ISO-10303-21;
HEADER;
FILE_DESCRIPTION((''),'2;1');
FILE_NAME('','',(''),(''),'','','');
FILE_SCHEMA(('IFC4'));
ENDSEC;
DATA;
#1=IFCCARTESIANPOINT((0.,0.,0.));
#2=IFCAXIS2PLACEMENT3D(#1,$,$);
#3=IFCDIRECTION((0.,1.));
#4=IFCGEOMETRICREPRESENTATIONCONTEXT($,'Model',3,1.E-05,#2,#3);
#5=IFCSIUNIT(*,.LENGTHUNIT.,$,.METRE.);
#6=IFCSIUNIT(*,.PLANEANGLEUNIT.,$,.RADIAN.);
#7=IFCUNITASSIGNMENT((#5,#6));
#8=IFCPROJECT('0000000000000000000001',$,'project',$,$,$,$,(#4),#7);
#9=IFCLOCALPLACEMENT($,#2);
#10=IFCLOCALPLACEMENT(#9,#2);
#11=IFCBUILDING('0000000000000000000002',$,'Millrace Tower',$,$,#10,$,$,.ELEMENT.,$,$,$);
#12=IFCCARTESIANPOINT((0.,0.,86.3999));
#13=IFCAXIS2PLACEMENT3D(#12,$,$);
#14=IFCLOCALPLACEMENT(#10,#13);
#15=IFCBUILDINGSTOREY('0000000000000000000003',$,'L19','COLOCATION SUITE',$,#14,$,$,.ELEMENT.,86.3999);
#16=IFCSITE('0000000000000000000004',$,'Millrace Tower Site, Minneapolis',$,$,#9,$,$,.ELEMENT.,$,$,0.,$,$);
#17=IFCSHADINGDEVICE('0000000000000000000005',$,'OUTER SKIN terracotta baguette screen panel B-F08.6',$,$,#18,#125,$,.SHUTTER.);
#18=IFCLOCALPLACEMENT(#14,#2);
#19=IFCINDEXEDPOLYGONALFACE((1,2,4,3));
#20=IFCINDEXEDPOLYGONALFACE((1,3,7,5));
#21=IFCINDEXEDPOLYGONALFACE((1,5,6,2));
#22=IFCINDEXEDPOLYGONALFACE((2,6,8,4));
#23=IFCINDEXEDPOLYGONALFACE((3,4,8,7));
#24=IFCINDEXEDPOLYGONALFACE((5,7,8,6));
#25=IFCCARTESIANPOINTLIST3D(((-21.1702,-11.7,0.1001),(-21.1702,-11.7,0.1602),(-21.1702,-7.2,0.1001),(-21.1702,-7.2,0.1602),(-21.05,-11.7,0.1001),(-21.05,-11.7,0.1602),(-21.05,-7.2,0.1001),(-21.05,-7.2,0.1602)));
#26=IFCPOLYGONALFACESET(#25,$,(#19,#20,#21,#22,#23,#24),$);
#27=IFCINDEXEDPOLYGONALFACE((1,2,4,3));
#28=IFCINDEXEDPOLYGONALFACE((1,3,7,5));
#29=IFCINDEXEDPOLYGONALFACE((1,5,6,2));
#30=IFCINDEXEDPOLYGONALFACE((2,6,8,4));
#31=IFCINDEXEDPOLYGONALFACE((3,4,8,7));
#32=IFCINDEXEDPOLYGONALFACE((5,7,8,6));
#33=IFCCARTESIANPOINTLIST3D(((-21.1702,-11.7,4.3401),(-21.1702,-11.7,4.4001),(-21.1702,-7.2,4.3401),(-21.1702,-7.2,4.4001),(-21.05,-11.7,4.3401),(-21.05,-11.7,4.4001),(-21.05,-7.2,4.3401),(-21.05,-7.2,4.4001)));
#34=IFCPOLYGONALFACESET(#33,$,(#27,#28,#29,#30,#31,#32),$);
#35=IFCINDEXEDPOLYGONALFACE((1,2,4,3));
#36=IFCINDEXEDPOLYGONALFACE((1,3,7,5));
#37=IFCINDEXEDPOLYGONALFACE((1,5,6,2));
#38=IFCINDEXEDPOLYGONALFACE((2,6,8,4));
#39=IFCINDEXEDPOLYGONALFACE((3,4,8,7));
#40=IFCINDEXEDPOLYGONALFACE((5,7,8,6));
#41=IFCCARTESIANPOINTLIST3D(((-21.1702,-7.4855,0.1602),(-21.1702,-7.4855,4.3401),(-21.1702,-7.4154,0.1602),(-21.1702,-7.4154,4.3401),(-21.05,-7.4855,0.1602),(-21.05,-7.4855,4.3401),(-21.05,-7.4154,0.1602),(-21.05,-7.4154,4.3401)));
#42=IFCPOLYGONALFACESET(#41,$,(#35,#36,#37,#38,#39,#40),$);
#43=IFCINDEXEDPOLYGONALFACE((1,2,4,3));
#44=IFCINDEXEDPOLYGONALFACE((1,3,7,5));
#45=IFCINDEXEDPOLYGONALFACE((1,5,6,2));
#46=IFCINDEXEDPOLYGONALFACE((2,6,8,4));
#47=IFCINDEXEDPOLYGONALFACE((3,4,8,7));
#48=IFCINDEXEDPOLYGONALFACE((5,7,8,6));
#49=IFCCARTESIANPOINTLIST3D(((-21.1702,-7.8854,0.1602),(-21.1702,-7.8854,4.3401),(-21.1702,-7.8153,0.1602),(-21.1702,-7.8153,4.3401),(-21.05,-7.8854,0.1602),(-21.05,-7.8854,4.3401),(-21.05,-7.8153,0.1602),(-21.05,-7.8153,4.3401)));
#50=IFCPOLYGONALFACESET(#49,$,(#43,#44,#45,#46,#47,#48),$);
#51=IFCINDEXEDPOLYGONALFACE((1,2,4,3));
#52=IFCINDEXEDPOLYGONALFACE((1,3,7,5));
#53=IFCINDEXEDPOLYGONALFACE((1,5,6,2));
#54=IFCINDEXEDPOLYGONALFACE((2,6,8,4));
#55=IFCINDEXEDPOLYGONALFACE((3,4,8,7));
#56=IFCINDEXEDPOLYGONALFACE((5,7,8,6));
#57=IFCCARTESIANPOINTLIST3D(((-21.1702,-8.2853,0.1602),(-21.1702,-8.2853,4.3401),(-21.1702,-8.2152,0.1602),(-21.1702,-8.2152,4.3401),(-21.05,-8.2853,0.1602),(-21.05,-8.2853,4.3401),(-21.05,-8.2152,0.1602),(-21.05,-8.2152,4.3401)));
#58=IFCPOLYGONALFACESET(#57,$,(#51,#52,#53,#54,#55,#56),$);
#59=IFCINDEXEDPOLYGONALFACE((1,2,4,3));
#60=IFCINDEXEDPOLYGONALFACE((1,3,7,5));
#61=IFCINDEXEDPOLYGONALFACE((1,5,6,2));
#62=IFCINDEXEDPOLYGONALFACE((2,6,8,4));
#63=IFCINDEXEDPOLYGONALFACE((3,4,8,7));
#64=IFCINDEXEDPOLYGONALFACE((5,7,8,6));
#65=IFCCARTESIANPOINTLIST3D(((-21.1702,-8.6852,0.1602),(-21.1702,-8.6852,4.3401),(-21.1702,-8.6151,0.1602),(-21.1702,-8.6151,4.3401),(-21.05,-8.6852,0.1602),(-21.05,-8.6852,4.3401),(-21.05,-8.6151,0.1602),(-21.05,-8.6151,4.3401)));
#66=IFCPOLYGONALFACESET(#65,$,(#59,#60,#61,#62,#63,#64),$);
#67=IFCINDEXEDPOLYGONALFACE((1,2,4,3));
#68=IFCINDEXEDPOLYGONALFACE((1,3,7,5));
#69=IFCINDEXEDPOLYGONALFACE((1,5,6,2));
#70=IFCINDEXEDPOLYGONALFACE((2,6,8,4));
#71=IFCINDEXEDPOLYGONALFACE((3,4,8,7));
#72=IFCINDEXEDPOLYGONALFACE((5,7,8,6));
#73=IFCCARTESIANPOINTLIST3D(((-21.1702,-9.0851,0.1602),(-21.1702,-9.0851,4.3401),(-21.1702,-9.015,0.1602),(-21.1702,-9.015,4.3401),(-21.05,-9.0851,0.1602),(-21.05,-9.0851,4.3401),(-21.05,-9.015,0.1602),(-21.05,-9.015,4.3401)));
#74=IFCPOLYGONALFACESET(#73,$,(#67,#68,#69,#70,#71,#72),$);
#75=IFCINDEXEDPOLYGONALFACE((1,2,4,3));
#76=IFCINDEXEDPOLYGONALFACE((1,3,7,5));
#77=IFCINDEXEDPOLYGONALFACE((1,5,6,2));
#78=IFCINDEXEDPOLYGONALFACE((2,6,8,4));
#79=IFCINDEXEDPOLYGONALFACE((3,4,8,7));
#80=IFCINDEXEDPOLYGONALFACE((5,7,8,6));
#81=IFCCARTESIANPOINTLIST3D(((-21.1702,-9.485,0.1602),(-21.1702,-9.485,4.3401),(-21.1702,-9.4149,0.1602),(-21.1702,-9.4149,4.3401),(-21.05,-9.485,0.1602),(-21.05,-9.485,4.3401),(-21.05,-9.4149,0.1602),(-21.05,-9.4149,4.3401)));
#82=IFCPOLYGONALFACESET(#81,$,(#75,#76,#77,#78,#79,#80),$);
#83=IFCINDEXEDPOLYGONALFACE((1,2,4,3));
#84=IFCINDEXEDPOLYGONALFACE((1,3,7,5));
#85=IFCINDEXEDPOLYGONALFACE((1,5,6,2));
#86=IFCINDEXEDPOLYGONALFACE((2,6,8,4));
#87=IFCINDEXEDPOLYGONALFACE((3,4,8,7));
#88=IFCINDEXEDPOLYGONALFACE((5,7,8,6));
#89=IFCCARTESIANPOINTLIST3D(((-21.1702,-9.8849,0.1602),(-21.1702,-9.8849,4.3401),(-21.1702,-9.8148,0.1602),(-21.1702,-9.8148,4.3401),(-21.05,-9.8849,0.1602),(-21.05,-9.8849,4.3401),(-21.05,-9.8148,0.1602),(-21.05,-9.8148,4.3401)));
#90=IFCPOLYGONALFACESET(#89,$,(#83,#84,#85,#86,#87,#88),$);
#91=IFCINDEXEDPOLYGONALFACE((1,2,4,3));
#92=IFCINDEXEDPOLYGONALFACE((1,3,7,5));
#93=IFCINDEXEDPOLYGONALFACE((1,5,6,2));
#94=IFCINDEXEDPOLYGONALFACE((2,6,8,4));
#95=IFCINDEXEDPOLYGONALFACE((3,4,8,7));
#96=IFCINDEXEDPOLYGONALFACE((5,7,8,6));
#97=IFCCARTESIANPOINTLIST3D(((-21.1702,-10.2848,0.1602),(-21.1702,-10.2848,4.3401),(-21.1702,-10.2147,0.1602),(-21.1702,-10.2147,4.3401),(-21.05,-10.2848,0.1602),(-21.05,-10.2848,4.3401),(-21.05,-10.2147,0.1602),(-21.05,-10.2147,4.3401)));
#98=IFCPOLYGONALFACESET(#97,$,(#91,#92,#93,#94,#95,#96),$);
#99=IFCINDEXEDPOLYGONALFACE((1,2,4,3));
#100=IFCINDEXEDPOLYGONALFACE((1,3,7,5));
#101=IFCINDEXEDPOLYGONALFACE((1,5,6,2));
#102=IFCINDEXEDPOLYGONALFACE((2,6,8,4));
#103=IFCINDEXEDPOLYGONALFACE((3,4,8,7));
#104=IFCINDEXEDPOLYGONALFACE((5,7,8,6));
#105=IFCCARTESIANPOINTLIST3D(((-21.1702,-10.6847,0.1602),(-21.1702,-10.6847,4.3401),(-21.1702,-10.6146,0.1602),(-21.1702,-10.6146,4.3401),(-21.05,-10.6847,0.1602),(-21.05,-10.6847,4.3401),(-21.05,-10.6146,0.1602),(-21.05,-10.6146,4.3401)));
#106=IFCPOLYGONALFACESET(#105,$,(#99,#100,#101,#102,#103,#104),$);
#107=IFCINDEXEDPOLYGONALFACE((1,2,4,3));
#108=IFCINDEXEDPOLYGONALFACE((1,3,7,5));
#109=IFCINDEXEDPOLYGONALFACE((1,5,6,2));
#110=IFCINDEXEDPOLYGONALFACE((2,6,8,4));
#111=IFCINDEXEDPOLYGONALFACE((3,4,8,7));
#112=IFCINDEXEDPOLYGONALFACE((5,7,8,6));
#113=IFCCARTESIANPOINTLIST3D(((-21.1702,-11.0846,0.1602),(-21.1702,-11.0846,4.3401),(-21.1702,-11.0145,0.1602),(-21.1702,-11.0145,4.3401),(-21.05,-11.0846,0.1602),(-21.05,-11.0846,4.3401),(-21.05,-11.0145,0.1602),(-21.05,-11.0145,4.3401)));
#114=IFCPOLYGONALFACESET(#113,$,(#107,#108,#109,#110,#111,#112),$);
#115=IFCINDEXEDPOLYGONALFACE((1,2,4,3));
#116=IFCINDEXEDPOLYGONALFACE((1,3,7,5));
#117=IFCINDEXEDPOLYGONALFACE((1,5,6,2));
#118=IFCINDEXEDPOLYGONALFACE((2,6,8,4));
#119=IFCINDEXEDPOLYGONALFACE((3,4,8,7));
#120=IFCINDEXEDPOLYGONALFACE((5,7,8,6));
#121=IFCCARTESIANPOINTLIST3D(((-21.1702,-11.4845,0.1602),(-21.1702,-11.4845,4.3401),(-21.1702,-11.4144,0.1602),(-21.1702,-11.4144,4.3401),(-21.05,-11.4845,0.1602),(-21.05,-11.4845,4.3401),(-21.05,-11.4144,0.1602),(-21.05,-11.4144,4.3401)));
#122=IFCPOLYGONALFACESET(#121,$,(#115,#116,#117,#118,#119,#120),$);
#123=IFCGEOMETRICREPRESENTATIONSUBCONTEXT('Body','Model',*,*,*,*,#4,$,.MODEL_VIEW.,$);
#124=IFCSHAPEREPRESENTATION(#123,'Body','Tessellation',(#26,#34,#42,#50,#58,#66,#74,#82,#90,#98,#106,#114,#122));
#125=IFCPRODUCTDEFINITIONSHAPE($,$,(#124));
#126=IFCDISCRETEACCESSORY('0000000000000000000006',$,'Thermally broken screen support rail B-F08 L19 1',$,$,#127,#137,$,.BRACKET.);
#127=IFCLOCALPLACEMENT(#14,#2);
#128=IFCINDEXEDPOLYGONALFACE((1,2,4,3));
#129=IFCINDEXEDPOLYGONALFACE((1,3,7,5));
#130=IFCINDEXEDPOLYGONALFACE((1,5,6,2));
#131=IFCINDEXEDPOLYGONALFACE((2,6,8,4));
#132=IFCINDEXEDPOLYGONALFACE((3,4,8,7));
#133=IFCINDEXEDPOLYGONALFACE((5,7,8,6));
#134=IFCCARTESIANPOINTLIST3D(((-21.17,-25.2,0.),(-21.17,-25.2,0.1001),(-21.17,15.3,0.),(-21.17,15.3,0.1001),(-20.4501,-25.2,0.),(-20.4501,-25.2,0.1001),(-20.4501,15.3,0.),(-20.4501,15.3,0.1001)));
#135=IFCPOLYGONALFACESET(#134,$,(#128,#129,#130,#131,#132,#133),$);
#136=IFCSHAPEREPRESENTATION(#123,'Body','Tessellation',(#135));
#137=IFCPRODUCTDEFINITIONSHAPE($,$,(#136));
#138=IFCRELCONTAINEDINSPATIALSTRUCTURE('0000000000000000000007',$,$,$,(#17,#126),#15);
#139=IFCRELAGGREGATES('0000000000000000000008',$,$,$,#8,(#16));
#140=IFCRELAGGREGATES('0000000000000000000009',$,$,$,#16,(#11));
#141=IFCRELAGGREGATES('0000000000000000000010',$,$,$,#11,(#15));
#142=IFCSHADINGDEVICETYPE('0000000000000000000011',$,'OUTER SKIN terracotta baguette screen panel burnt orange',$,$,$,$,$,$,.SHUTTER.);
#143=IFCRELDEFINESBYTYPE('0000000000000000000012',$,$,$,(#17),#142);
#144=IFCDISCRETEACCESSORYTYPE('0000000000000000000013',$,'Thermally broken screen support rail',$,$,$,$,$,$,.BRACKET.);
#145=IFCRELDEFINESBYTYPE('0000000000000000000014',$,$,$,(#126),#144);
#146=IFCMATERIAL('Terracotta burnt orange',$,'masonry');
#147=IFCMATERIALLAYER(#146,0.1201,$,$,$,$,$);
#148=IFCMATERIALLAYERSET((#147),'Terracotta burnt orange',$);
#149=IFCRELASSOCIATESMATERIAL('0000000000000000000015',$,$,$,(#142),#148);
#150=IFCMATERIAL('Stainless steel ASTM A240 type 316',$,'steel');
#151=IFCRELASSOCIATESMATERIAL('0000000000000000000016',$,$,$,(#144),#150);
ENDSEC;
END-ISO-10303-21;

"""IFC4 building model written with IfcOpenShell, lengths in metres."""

from ifc_helpers import new_model, entity, si_unit, direction, frame, frame_2d, origin, origin_2d, place, context, subcontext, project, spatial, rectangle, extrude, source, transform, mapped, material, layer, layer_set, type_object, element, save


model = new_model("IFC4")

# Units and contexts
model_context = context("Model", 3, precision=1e-05, world=origin(), true_north=direction((0.0, 1.0)))
body_context = subcontext(model_context, "Body", "Model", "MODEL_VIEW")
ifc_project = project(units=[si_unit("LENGTHUNIT", "METRE"), si_unit("PLANEANGLEUNIT", "RADIAN")], contexts=[model_context])

# Site, building, storey
site_placement = place(None, origin())
site = spatial("IfcSite", under=ifc_project, at=site_placement, Name="Millrace Tower Site, Minneapolis", CompositionType="ELEMENT", RefElevation=0.0)
building_placement = place(site_placement, origin())
building = spatial("IfcBuilding", under=site, at=building_placement, Name="Millrace Tower", CompositionType="ELEMENT")
storey_placement = place(building_placement, frame((0.0, 0.0, 86.3999)))
storey = spatial("IfcBuildingStorey", under=building, at=storey_placement, Name="L19", Description="COLOCATION SUITE", CompositionType="ELEMENT", Elevation=86.3999)

# Shading device
ifc_material_1 = material(Name="Terracotta burnt orange", Category="masonry")
ifc_layer_1 = layer(ifc_material_1, 0.1201)
ifc_layer_set_1 = layer_set([ifc_layer_1], Name="Terracotta burnt orange")
shading_device_type = type_object("IfcShadingDeviceType", Name="OUTER SKIN terracotta baguette screen panel burnt orange", PredefinedType="SHUTTER", material=ifc_layer_set_1)
cartesian_point = entity("IfcCartesianPoint", [-2.25, 0.0601])
shared_polyline = entity("IfcPolyline", [cartesian_point, entity("IfcCartesianPoint", [2.25, 0.0601]), entity("IfcCartesianPoint", [2.25, -0.0601]), entity("IfcCartesianPoint", [-2.25, -0.0601]), cartesian_point])
shared_shape = source(origin(), body_context, "Body", "SweptSolid", [
    entity("IfcExtrudedAreaSolid", entity("IfcArbitraryClosedProfileDef", "AREA", None, shared_polyline), entity("IfcAxis2Placement3D", entity("IfcCartesianPoint", [0.0, 0.0, 0.0])), entity("IfcDirection", [0.0, 0.0, 1.0]), 0.0601),
    entity("IfcExtrudedAreaSolid", entity("IfcArbitraryClosedProfileDef", "AREA", None, shared_polyline), entity("IfcAxis2Placement3D", entity("IfcCartesianPoint", [0.0, 0.0, 4.24])), entity("IfcDirection", [0.0, 0.0, 1.0]), 0.0601),
    extrude(rectangle(XDim=0.0701, YDim=0.1201, at=frame_2d((-1.9995, 0.0))), frame((0.0, 0.0, 0.0601)), (0.0, 0.0, 1.0), 4.1799),
    extrude(rectangle(XDim=0.0701, YDim=0.1201, at=frame_2d((-1.5996, 0.0))), frame((0.0, 0.0, 0.0601)), (0.0, 0.0, 1.0), 4.1799),
    extrude(rectangle(XDim=0.0701, YDim=0.1201, at=frame_2d((-1.1997, 0.0))), frame((0.0, 0.0, 0.0601)), (0.0, 0.0, 1.0), 4.1799),
    extrude(rectangle(XDim=0.0701, YDim=0.1201, at=frame_2d((-0.7998, 0.0))), frame((0.0, 0.0, 0.0601)), (0.0, 0.0, 1.0), 4.1799),
    extrude(rectangle(XDim=0.0701, YDim=0.1201, at=frame_2d((-0.3999, 0.0))), frame((0.0, 0.0, 0.0601)), (0.0, 0.0, 1.0), 4.1799),
    extrude(rectangle(XDim=0.0701, YDim=0.1201, at=origin_2d()), frame((0.0, 0.0, 0.0601)), (0.0, 0.0, 1.0), 4.1799),
    extrude(rectangle(XDim=0.0701, YDim=0.1201, at=frame_2d((0.3999, 0.0))), frame((0.0, 0.0, 0.0601)), (0.0, 0.0, 1.0), 4.1799),
    extrude(rectangle(XDim=0.0701, YDim=0.1201, at=frame_2d((0.7998, 0.0))), frame((0.0, 0.0, 0.0601)), (0.0, 0.0, 1.0), 4.1799),
    extrude(rectangle(XDim=0.0701, YDim=0.1201, at=frame_2d((1.1997, 0.0))), frame((0.0, 0.0, 0.0601)), (0.0, 0.0, 1.0), 4.1799),
    extrude(rectangle(XDim=0.0701, YDim=0.1201, at=frame_2d((1.5996, 0.0))), frame((0.0, 0.0, 0.0601)), (0.0, 0.0, 1.0), 4.1799),
    extrude(rectangle(XDim=0.0701, YDim=0.1201, at=frame_2d((1.9995, 0.0))), frame((0.0, 0.0, 0.0601)), (0.0, 0.0, 1.0), 4.1799),
])
for number, where, z_axis, x_axis, name in (
    (1, (-21.1101, -9.45, 0.1001), (0.0, 0.0, 1.0), (0.0, -1.0, 0.0), "OUTER SKIN terracotta baguette screen panel B-F08.6"),
):
    element("IfcShadingDevice", number, at=place(storey_placement, frame(where, z_axis=z_axis, x_axis=x_axis)), inside=storey, type_object=shading_device_type, Name=name, PredefinedType="SHUTTER", context=body_context, shape_type="MappedRepresentation", body=[
        mapped(shared_shape, transform((0.0, 0.0, 0.0), scale=1.0)),
    ])

# Discrete accessory
ifc_material_2 = material(Name="Stainless steel ASTM A240 type 316", Category="steel")
discrete_accessory_type = type_object("IfcDiscreteAccessoryType", Name="Thermally broken screen support rail", PredefinedType="BRACKET", material=ifc_material_2)
discrete_accessory_placement = place(storey_placement, frame((-20.8101, -4.95, 0.0), z_axis=(0.0, 0.0, 1.0), x_axis=(0.0, -1.0, 0.0)))
element("IfcDiscreteAccessory", 2, at=discrete_accessory_placement, inside=storey, type_object=discrete_accessory_type, Name="Thermally broken screen support rail B-F08 L19 1", PredefinedType="BRACKET", context=body_context, shape_type="SweptSolid", body=[
    extrude(rectangle(XDim=40.5, YDim=0.72, at=origin_2d()), origin(), (0.0, 0.0, 1.0), 0.1001),
])

save(model, "model.ifc")
